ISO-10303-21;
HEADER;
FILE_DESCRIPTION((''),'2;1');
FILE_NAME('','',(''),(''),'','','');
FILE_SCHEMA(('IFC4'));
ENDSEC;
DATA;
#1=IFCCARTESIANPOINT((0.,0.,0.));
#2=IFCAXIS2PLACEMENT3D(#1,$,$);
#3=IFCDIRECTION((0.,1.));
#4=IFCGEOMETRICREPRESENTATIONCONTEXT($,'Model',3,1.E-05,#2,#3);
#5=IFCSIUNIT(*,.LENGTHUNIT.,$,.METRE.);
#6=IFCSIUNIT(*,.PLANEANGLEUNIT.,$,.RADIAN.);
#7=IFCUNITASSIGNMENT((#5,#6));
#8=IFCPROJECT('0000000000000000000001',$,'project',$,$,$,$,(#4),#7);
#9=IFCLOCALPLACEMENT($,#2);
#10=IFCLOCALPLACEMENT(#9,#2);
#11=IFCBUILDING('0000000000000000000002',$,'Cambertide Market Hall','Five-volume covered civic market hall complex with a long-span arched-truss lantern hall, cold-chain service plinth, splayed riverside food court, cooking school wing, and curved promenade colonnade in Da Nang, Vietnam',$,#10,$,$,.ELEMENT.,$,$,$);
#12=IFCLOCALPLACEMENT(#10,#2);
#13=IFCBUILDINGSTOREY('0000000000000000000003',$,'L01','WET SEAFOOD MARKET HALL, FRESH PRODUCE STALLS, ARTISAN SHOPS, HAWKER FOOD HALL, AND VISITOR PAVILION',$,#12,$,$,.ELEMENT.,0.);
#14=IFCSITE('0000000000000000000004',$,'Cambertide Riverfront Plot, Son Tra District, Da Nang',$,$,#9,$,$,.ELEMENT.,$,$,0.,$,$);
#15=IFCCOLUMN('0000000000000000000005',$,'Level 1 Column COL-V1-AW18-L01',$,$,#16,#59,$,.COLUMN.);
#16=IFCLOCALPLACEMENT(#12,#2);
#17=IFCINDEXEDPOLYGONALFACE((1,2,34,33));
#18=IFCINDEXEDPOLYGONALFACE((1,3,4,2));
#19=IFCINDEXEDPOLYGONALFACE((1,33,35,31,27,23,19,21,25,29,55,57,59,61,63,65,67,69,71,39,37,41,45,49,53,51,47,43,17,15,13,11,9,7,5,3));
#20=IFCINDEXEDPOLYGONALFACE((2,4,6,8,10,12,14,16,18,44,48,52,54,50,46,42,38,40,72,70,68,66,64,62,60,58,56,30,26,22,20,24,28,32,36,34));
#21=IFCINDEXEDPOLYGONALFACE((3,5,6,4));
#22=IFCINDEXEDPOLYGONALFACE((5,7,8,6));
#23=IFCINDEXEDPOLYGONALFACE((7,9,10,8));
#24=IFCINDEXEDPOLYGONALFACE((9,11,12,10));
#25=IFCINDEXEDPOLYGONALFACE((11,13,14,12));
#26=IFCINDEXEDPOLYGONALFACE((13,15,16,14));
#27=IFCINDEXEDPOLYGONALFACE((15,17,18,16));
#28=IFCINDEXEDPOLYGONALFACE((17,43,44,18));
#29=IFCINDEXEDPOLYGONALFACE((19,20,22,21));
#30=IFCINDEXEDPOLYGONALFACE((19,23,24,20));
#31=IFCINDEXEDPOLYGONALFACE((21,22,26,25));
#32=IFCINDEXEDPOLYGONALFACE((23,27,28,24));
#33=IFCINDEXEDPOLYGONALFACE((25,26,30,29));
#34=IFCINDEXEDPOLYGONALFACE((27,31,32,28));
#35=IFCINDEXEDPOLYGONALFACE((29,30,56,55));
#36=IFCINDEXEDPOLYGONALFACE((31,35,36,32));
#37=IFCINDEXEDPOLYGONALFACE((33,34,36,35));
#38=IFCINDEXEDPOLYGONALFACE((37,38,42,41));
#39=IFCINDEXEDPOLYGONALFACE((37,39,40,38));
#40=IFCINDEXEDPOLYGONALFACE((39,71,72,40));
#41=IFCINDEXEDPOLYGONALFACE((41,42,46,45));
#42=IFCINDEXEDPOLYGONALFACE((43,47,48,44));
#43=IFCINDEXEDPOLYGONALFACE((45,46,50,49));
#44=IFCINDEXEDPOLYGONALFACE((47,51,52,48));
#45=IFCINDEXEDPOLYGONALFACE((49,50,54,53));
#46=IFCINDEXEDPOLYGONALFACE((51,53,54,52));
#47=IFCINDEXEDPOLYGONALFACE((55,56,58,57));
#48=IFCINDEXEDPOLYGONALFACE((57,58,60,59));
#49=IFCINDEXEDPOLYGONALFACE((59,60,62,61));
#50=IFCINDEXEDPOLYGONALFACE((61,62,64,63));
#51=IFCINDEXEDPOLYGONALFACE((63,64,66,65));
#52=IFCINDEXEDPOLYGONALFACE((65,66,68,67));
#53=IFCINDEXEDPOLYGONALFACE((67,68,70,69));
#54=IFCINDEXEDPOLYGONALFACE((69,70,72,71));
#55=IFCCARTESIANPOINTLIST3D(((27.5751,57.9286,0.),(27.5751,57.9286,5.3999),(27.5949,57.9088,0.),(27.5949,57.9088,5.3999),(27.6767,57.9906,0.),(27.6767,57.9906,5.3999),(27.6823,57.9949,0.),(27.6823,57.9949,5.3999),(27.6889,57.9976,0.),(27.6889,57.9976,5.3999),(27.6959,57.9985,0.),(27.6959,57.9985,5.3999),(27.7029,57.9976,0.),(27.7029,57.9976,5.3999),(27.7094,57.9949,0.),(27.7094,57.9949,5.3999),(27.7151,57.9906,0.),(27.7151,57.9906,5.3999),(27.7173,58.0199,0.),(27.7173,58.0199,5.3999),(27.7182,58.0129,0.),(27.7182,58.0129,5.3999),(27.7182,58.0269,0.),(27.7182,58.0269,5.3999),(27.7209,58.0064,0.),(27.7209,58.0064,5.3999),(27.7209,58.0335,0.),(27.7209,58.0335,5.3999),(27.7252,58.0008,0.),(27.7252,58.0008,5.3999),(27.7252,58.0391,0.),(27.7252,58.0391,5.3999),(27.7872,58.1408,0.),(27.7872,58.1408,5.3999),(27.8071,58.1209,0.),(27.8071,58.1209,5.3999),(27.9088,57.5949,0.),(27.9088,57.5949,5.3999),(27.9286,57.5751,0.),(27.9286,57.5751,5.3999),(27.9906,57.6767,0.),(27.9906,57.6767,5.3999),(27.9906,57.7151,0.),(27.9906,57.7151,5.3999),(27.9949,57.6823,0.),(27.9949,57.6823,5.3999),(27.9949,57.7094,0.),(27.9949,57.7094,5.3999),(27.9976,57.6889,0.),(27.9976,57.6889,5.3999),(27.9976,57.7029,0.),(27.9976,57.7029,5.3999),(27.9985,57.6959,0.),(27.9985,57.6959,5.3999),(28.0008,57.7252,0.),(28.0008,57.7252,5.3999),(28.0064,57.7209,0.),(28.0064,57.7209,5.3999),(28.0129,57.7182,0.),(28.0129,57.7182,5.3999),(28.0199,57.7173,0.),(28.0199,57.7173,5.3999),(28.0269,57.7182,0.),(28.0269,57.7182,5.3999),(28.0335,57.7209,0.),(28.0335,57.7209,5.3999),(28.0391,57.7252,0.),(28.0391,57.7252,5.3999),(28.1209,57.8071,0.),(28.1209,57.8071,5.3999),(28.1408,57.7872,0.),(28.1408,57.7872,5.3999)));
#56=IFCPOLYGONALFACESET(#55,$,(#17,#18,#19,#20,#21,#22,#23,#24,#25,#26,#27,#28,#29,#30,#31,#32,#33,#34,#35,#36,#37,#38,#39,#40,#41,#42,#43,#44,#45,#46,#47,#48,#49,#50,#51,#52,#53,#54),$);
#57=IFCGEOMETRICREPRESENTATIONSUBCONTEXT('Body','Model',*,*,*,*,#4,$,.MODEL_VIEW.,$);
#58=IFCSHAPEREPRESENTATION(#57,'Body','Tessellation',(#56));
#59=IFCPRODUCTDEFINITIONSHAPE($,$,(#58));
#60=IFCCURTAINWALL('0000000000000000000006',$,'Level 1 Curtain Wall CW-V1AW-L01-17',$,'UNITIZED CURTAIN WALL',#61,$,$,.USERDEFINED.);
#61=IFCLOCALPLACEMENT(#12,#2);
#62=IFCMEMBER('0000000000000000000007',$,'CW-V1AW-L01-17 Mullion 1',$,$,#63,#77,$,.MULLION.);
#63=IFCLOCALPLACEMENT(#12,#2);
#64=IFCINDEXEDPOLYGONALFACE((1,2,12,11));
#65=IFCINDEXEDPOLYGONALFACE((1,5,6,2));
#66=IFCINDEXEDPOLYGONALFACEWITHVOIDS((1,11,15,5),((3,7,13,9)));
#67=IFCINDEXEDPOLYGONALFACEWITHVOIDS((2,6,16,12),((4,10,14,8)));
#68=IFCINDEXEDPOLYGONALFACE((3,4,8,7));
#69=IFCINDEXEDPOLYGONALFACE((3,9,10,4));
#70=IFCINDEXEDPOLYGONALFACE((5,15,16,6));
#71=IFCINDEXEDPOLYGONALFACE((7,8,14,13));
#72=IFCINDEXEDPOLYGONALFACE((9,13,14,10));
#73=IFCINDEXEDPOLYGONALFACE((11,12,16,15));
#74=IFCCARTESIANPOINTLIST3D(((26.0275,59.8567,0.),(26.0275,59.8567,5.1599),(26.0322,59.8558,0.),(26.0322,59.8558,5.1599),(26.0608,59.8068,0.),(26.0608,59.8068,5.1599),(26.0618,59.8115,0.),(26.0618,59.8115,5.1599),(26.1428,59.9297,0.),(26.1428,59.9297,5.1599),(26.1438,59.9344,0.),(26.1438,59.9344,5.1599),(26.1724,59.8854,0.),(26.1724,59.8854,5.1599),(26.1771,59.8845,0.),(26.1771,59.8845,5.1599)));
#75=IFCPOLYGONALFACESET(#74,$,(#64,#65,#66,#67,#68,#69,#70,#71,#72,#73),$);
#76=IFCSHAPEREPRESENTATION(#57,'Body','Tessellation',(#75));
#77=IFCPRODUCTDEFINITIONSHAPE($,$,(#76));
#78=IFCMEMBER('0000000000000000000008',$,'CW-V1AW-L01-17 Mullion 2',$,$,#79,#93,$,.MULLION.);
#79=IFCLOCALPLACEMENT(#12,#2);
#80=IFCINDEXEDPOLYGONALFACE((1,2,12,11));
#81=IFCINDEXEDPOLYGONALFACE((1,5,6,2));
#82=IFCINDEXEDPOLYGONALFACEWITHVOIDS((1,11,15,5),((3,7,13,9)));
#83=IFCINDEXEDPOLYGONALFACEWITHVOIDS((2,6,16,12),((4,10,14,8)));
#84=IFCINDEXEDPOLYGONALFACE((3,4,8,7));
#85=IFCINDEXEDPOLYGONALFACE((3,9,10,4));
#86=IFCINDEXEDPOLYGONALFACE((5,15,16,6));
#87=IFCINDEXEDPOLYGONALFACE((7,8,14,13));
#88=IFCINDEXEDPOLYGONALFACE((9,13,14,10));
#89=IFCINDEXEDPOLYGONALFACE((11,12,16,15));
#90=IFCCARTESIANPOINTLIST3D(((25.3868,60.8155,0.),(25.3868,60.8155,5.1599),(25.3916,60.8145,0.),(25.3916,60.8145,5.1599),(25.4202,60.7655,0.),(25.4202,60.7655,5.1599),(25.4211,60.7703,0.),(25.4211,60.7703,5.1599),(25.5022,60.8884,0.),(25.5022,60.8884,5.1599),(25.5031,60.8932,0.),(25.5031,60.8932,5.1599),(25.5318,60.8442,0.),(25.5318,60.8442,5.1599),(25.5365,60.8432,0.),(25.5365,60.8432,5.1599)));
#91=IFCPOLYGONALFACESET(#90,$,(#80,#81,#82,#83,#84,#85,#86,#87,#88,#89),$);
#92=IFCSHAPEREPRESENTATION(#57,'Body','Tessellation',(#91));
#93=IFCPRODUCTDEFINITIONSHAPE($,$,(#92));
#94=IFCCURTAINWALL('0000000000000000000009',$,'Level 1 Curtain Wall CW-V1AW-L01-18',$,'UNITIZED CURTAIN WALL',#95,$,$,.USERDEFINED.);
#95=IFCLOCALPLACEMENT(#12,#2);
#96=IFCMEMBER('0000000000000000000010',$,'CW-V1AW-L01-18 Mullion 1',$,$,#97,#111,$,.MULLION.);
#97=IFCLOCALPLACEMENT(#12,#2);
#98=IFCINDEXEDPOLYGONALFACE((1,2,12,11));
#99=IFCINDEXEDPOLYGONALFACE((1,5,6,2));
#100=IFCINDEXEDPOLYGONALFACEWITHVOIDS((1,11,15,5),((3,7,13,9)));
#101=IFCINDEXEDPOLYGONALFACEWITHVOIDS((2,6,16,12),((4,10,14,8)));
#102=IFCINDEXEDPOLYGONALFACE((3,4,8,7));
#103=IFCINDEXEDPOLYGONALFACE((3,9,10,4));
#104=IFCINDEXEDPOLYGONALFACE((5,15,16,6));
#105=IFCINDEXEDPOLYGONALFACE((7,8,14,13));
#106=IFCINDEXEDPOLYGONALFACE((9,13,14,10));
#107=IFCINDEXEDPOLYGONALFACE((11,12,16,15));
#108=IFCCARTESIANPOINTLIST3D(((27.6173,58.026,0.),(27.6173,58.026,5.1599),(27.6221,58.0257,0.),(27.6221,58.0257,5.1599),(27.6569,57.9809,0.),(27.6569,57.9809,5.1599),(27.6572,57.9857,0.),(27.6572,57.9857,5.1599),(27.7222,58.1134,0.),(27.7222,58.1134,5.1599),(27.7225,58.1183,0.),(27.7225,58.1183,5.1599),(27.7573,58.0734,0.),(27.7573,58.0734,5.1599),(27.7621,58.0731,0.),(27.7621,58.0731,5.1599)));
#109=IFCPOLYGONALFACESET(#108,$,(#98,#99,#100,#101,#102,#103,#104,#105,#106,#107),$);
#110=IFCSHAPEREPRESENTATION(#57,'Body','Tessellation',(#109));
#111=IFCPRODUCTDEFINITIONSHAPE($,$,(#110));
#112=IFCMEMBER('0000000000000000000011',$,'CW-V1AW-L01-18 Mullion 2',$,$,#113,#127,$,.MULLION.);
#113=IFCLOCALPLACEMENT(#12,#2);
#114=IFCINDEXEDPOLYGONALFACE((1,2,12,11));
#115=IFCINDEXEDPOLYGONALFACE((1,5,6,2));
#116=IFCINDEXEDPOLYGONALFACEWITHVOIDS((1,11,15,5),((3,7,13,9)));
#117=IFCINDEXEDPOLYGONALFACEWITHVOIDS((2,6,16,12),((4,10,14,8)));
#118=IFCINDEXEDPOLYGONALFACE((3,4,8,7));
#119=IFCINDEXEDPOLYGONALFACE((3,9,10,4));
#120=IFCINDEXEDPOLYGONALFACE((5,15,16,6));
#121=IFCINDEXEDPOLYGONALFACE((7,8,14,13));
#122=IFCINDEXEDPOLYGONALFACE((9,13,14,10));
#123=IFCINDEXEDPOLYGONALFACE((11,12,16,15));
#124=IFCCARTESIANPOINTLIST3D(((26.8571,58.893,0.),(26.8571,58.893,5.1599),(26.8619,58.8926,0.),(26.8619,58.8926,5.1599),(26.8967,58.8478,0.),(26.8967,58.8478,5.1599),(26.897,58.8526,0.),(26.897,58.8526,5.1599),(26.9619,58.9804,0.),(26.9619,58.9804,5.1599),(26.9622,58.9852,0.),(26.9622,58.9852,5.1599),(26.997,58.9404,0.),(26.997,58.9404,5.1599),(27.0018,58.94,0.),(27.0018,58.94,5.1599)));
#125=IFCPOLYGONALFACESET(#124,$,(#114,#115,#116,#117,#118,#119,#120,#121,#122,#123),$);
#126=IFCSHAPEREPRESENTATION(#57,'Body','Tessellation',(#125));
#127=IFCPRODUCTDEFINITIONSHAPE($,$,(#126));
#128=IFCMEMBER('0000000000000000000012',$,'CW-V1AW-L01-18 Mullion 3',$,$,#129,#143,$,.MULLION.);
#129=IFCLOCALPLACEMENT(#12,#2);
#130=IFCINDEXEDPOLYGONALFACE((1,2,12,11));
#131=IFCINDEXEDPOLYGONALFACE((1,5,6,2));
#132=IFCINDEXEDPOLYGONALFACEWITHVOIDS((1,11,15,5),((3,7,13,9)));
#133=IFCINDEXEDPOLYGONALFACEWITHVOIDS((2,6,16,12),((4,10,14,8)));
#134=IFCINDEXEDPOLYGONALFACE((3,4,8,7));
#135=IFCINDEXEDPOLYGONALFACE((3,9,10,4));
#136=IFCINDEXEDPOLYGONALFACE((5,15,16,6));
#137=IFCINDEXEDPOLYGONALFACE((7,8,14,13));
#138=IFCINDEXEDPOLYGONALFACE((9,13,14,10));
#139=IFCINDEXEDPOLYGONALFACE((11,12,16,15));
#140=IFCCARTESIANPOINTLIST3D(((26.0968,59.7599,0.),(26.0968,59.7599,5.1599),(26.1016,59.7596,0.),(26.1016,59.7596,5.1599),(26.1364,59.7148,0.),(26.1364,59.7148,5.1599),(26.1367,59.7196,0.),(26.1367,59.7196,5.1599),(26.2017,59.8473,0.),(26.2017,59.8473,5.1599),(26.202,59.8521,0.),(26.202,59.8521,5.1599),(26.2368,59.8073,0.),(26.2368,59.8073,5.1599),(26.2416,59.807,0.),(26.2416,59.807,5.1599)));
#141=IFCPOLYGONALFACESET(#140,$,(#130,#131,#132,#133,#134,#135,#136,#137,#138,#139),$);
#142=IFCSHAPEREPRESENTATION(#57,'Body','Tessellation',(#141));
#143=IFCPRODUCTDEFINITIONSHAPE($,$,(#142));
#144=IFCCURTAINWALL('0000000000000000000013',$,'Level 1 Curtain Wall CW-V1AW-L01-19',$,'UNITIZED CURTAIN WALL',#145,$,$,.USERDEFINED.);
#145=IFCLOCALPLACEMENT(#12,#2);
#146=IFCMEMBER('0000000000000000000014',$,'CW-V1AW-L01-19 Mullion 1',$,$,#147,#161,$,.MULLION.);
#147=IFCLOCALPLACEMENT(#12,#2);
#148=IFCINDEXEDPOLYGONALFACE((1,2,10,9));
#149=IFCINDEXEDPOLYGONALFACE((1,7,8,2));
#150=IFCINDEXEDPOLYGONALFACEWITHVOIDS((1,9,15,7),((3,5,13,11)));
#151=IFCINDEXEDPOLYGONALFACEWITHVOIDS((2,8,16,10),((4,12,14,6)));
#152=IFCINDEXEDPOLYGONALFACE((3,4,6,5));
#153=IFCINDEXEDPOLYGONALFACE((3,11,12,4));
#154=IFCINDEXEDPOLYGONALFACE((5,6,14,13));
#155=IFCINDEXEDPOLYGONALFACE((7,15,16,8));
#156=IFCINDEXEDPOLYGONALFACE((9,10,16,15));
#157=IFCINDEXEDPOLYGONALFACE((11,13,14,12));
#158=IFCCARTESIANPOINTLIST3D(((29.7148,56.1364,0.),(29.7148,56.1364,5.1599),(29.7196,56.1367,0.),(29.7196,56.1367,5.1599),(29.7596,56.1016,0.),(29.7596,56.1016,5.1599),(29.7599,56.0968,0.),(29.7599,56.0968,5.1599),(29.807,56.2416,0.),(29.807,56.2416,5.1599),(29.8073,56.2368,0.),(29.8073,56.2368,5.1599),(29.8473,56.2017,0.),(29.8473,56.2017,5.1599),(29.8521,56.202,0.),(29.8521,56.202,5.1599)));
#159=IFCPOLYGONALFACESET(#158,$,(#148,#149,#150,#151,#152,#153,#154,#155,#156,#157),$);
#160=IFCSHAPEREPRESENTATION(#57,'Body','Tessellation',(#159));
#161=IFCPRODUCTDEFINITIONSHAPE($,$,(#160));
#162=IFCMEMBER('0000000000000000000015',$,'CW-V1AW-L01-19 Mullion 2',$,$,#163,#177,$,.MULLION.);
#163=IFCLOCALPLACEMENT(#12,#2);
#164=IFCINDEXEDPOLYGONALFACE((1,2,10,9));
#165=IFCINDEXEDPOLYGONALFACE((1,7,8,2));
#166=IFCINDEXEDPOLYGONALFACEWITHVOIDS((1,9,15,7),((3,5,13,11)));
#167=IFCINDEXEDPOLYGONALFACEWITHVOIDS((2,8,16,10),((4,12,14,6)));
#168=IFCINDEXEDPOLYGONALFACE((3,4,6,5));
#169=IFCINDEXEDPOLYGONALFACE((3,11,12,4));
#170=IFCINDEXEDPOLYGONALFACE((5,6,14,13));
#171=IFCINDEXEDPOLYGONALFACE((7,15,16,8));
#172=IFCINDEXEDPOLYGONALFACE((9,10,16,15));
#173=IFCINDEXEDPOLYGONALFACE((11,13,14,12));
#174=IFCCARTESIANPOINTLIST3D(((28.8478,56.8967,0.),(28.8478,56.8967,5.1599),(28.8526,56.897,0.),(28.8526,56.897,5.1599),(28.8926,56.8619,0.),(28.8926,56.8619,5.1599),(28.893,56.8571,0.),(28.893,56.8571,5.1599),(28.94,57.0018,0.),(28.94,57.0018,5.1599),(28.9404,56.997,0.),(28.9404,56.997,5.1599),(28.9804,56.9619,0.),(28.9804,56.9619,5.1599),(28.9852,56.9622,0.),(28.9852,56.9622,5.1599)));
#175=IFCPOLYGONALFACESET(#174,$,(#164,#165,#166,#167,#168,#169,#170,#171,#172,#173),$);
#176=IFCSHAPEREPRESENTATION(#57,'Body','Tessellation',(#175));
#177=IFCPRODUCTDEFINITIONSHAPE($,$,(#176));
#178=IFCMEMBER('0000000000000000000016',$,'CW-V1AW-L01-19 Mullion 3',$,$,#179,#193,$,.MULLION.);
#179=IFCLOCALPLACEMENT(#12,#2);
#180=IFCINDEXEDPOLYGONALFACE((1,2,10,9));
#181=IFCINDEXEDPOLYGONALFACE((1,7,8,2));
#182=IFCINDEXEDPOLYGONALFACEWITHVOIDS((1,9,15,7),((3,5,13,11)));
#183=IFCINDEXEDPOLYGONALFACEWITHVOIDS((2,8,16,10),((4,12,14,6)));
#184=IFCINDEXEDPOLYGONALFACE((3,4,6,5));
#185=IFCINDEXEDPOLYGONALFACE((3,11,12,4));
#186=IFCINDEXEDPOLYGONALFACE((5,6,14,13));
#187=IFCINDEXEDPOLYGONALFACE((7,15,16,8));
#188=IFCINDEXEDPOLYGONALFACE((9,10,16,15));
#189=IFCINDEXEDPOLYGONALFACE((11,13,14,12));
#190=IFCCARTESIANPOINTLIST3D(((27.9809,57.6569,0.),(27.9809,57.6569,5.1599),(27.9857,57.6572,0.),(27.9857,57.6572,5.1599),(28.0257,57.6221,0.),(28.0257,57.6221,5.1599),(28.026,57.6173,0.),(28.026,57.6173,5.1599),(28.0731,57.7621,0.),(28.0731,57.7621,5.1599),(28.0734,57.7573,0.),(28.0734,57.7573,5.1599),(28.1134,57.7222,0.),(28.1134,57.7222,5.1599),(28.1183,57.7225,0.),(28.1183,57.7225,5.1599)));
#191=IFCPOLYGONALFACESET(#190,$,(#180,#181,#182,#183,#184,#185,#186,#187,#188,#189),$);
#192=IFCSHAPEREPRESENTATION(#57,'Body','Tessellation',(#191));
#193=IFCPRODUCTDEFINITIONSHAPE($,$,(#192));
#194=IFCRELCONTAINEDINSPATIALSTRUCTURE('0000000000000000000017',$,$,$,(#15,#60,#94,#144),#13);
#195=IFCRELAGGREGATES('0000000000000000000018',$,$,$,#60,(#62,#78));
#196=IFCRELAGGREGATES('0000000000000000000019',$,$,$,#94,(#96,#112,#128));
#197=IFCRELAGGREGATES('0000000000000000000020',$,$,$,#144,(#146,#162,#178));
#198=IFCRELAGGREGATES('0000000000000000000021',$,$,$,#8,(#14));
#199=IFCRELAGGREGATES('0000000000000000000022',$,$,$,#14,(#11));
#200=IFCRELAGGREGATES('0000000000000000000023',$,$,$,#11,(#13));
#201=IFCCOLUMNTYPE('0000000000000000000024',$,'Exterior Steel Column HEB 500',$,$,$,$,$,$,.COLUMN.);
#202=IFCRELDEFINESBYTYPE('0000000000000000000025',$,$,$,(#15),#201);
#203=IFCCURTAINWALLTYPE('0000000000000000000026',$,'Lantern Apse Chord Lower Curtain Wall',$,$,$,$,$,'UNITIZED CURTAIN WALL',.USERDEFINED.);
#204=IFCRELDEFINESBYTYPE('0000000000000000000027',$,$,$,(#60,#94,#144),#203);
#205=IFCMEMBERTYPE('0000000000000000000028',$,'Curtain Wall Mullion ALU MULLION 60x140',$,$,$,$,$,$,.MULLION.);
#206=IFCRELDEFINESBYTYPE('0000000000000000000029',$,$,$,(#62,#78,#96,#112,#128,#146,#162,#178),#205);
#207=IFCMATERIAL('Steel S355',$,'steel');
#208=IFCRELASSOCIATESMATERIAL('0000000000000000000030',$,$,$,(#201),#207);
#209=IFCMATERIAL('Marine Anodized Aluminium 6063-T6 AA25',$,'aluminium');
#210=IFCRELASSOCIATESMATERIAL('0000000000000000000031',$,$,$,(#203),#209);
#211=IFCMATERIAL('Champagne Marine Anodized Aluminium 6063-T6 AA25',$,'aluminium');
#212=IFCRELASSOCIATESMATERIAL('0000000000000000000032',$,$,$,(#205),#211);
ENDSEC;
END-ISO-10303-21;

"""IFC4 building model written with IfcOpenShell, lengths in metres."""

from ifc_helpers import new_model, si_unit, direction, frame, origin, origin_2d, place, context, subcontext, project, spatial, hollow_rectangle, i_section, extrude, material, material_profile, profile_set, type_object, element, aggregate, save


model = new_model("IFC4")

# Units and contexts
model_context = context("Model", 3, precision=1e-05, world=origin(), true_north=direction((0.0, 1.0)))
body_context = subcontext(model_context, "Body", "Model", "MODEL_VIEW")
ifc_project = project(units=[si_unit("LENGTHUNIT", "METRE"), si_unit("PLANEANGLEUNIT", "RADIAN")], contexts=[model_context])

# Site, building, storey
site_placement = place(None, origin())
site = spatial("IfcSite", under=ifc_project, at=site_placement, Name="Cambertide Riverfront Plot, Son Tra District, Da Nang", CompositionType="ELEMENT", RefElevation=0.0)
building_placement = place(site_placement, origin())
building = spatial("IfcBuilding", under=site, at=building_placement, Name="Cambertide Market Hall", Description="Five-volume covered civic market hall complex with a long-span arched-truss lantern hall, cold-chain service plinth, splayed riverside food court, cooking school wing, and curved promenade colonnade in Da Nang, Vietnam", CompositionType="ELEMENT")
storey_placement = place(building_placement, origin())
storey = spatial("IfcBuildingStorey", under=building, at=storey_placement, Name="L01", Description="WET SEAFOOD MARKET HALL, FRESH PRODUCE STALLS, ARTISAN SHOPS, HAWKER FOOD HALL, AND VISITOR PAVILION", CompositionType="ELEMENT", Elevation=0.0)

# Column
ifc_material_1 = material(Name="Steel S355", Category="steel")
ifc_material_profile_1 = material_profile(ifc_material_1, i_section(OverallWidth=0.3, OverallDepth=0.5, WebThickness=0.0144, FlangeThickness=0.0281, FilletRadius=0.0271, at=origin_2d()), Name="HEB 500")
ifc_profile_set_1 = profile_set([ifc_material_profile_1], Name="Steel S355")
column_type = type_object("IfcColumnType", Name="Exterior Steel Column HEB 500", PredefinedType="COLUMN", material=ifc_profile_set_1)
column_placement = place(storey_placement, frame((27.8579, 57.8579, 0.0), z_axis=(0.0, 0.0, 1.0), x_axis=(-0.707107, -0.707107, 0.0)))
element("IfcColumn", 1, at=column_placement, inside=storey, type_object=column_type, Name="Level 1 Column COL-V1-AW18-L01", PredefinedType="COLUMN", context=body_context, shape_type="SweptSolid", body=[
    extrude(i_section(OverallWidth=0.3, OverallDepth=0.5, WebThickness=0.0144, FlangeThickness=0.0281, FilletRadius=0.0271, at=origin_2d()), origin(), (0.0, 0.0, 1.0), 5.3999),
])

# Curtain walls, members
ifc_material_2 = material(Name="Marine Anodized Aluminium 6063-T6 AA25", Category="aluminium")
curtain_wall_type = type_object("IfcCurtainWallType", Name="Lantern Apse Chord Lower Curtain Wall", ElementType="UNITIZED CURTAIN WALL", PredefinedType="USERDEFINED", material=ifc_material_2)
curtain_wall_1_placement = place(storey_placement, origin())
curtain_wall_1 = element("IfcCurtainWall", 2, at=curtain_wall_1_placement, inside=storey, type_object=curtain_wall_type, Name="Level 1 Curtain Wall CW-V1AW-L01-17", ObjectType="UNITIZED CURTAIN WALL", PredefinedType="USERDEFINED")
ifc_material_3 = material(Name="Champagne Marine Anodized Aluminium 6063-T6 AA25", Category="aluminium")
ifc_material_profile_2 = material_profile(ifc_material_3, hollow_rectangle(XDim=0.0601, YDim=0.1399, WallThickness=0.0034, at=origin_2d()), Name="ALU MULLION 60x140")
ifc_profile_set_2 = profile_set([ifc_material_profile_2], Name="Champagne Marine Anodized Aluminium 6063-T6 AA25")
member_type_1 = type_object("IfcMemberType", Name="Curtain Wall Mullion ALU MULLION 60x140", PredefinedType="MULLION", material=ifc_profile_set_2)
member_1_placement = place(storey_placement, frame((26.1023, 59.8706, 0.0), z_axis=(0.0, 0.0, 1.0), x_axis=(-0.55557, 0.83147, 0.0)))
member_1 = element("IfcMember", 3, at=member_1_placement, type_object=member_type_1, Name="CW-V1AW-L01-17 Mullion 1", PredefinedType="MULLION", context=body_context, shape_type="SweptSolid", body=[
    extrude(hollow_rectangle(XDim=0.0601, YDim=0.1399, WallThickness=0.0034, at=origin_2d()), origin(), (0.0, 0.0, 1.0), 5.1599),
])
member_2_placement = place(storey_placement, frame((25.4617, 60.8293, 0.0), z_axis=(0.0, 0.0, 1.0), x_axis=(-0.55557, 0.83147, 0.0)))
member_2 = element("IfcMember", 4, at=member_2_placement, type_object=member_type_1, Name="CW-V1AW-L01-17 Mullion 2", PredefinedType="MULLION", context=body_context, shape_type="SweptSolid", body=[
    extrude(hollow_rectangle(XDim=0.0601, YDim=0.1399, WallThickness=0.0034, at=origin_2d()), origin(), (0.0, 0.0, 1.0), 5.1599),
])
curtain_wall_2_placement = place(storey_placement, origin())
curtain_wall_2 = element("IfcCurtainWall", 5, at=curtain_wall_2_placement, inside=storey, type_object=curtain_wall_type, Name="Level 1 Curtain Wall CW-V1AW-L01-18", ObjectType="UNITIZED CURTAIN WALL", PredefinedType="USERDEFINED")
member_3_placement = place(storey_placement, frame((27.6897, 58.0496, 0.0), z_axis=(0.0, 0.0, 1.0), x_axis=(-0.659346, 0.75184, 0.0)))
member_3 = element("IfcMember", 6, at=member_3_placement, type_object=member_type_1, Name="CW-V1AW-L01-18 Mullion 1", PredefinedType="MULLION", context=body_context, shape_type="SweptSolid", body=[
    extrude(hollow_rectangle(XDim=0.0601, YDim=0.1399, WallThickness=0.0034, at=origin_2d()), origin(), (0.0, 0.0, 1.0), 5.1599),
])
member_4_placement = place(storey_placement, frame((26.9294, 58.9165, 0.0), z_axis=(0.0, 0.0, 1.0), x_axis=(-0.659346, 0.75184, 0.0)))
member_4 = element("IfcMember", 7, at=member_4_placement, type_object=member_type_1, Name="CW-V1AW-L01-18 Mullion 2", PredefinedType="MULLION", context=body_context, shape_type="SweptSolid", body=[
    extrude(hollow_rectangle(XDim=0.0601, YDim=0.1399, WallThickness=0.0034, at=origin_2d()), origin(), (0.0, 0.0, 1.0), 5.1599),
])
member_5_placement = place(storey_placement, frame((26.1692, 59.7834, 0.0), z_axis=(0.0, 0.0, 1.0), x_axis=(-0.659346, 0.75184, 0.0)))
member_5 = element("IfcMember", 8, at=member_5_placement, type_object=member_type_1, Name="CW-V1AW-L01-18 Mullion 3", PredefinedType="MULLION", context=body_context, shape_type="SweptSolid", body=[
    extrude(hollow_rectangle(XDim=0.0601, YDim=0.1399, WallThickness=0.0034, at=origin_2d()), origin(), (0.0, 0.0, 1.0), 5.1599),
])
curtain_wall_3_placement = place(storey_placement, origin())
curtain_wall_3 = element("IfcCurtainWall", 9, at=curtain_wall_3_placement, inside=storey, type_object=curtain_wall_type, Name="Level 1 Curtain Wall CW-V1AW-L01-19", ObjectType="UNITIZED CURTAIN WALL", PredefinedType="USERDEFINED")
member_6_placement = place(storey_placement, frame((29.7834, 56.1692, 0.0), z_axis=(0.0, 0.0, 1.0), x_axis=(-0.75184, 0.659346, 0.0)))
member_6 = element("IfcMember", 10, at=member_6_placement, type_object=member_type_1, Name="CW-V1AW-L01-19 Mullion 1", PredefinedType="MULLION", context=body_context, shape_type="SweptSolid", body=[
    extrude(hollow_rectangle(XDim=0.0601, YDim=0.1399, WallThickness=0.0034, at=origin_2d()), origin(), (0.0, 0.0, 1.0), 5.1599),
])
member_7_placement = place(storey_placement, frame((28.9165, 56.9294, 0.0), z_axis=(0.0, 0.0, 1.0), x_axis=(-0.75184, 0.659346, 0.0)))
member_7 = element("IfcMember", 11, at=member_7_placement, type_object=member_type_1, Name="CW-V1AW-L01-19 Mullion 2", PredefinedType="MULLION", context=body_context, shape_type="SweptSolid", body=[
    extrude(hollow_rectangle(XDim=0.0601, YDim=0.1399, WallThickness=0.0034, at=origin_2d()), origin(), (0.0, 0.0, 1.0), 5.1599),
])
member_8_placement = place(storey_placement, frame((28.0496, 57.6897, 0.0), z_axis=(0.0, 0.0, 1.0), x_axis=(-0.75184, 0.659346, 0.0)))
member_8 = element("IfcMember", 12, at=member_8_placement, type_object=member_type_1, Name="CW-V1AW-L01-19 Mullion 3", PredefinedType="MULLION", context=body_context, shape_type="SweptSolid", body=[
    extrude(hollow_rectangle(XDim=0.0601, YDim=0.1399, WallThickness=0.0034, at=origin_2d()), origin(), (0.0, 0.0, 1.0), 5.1599),
])

aggregate(curtain_wall_1, [member_1, member_2])

aggregate(curtain_wall_2, [member_3, member_4, member_5])
aggregate(curtain_wall_3, [member_6, member_7, member_8])

save(model, "model.ifc")
